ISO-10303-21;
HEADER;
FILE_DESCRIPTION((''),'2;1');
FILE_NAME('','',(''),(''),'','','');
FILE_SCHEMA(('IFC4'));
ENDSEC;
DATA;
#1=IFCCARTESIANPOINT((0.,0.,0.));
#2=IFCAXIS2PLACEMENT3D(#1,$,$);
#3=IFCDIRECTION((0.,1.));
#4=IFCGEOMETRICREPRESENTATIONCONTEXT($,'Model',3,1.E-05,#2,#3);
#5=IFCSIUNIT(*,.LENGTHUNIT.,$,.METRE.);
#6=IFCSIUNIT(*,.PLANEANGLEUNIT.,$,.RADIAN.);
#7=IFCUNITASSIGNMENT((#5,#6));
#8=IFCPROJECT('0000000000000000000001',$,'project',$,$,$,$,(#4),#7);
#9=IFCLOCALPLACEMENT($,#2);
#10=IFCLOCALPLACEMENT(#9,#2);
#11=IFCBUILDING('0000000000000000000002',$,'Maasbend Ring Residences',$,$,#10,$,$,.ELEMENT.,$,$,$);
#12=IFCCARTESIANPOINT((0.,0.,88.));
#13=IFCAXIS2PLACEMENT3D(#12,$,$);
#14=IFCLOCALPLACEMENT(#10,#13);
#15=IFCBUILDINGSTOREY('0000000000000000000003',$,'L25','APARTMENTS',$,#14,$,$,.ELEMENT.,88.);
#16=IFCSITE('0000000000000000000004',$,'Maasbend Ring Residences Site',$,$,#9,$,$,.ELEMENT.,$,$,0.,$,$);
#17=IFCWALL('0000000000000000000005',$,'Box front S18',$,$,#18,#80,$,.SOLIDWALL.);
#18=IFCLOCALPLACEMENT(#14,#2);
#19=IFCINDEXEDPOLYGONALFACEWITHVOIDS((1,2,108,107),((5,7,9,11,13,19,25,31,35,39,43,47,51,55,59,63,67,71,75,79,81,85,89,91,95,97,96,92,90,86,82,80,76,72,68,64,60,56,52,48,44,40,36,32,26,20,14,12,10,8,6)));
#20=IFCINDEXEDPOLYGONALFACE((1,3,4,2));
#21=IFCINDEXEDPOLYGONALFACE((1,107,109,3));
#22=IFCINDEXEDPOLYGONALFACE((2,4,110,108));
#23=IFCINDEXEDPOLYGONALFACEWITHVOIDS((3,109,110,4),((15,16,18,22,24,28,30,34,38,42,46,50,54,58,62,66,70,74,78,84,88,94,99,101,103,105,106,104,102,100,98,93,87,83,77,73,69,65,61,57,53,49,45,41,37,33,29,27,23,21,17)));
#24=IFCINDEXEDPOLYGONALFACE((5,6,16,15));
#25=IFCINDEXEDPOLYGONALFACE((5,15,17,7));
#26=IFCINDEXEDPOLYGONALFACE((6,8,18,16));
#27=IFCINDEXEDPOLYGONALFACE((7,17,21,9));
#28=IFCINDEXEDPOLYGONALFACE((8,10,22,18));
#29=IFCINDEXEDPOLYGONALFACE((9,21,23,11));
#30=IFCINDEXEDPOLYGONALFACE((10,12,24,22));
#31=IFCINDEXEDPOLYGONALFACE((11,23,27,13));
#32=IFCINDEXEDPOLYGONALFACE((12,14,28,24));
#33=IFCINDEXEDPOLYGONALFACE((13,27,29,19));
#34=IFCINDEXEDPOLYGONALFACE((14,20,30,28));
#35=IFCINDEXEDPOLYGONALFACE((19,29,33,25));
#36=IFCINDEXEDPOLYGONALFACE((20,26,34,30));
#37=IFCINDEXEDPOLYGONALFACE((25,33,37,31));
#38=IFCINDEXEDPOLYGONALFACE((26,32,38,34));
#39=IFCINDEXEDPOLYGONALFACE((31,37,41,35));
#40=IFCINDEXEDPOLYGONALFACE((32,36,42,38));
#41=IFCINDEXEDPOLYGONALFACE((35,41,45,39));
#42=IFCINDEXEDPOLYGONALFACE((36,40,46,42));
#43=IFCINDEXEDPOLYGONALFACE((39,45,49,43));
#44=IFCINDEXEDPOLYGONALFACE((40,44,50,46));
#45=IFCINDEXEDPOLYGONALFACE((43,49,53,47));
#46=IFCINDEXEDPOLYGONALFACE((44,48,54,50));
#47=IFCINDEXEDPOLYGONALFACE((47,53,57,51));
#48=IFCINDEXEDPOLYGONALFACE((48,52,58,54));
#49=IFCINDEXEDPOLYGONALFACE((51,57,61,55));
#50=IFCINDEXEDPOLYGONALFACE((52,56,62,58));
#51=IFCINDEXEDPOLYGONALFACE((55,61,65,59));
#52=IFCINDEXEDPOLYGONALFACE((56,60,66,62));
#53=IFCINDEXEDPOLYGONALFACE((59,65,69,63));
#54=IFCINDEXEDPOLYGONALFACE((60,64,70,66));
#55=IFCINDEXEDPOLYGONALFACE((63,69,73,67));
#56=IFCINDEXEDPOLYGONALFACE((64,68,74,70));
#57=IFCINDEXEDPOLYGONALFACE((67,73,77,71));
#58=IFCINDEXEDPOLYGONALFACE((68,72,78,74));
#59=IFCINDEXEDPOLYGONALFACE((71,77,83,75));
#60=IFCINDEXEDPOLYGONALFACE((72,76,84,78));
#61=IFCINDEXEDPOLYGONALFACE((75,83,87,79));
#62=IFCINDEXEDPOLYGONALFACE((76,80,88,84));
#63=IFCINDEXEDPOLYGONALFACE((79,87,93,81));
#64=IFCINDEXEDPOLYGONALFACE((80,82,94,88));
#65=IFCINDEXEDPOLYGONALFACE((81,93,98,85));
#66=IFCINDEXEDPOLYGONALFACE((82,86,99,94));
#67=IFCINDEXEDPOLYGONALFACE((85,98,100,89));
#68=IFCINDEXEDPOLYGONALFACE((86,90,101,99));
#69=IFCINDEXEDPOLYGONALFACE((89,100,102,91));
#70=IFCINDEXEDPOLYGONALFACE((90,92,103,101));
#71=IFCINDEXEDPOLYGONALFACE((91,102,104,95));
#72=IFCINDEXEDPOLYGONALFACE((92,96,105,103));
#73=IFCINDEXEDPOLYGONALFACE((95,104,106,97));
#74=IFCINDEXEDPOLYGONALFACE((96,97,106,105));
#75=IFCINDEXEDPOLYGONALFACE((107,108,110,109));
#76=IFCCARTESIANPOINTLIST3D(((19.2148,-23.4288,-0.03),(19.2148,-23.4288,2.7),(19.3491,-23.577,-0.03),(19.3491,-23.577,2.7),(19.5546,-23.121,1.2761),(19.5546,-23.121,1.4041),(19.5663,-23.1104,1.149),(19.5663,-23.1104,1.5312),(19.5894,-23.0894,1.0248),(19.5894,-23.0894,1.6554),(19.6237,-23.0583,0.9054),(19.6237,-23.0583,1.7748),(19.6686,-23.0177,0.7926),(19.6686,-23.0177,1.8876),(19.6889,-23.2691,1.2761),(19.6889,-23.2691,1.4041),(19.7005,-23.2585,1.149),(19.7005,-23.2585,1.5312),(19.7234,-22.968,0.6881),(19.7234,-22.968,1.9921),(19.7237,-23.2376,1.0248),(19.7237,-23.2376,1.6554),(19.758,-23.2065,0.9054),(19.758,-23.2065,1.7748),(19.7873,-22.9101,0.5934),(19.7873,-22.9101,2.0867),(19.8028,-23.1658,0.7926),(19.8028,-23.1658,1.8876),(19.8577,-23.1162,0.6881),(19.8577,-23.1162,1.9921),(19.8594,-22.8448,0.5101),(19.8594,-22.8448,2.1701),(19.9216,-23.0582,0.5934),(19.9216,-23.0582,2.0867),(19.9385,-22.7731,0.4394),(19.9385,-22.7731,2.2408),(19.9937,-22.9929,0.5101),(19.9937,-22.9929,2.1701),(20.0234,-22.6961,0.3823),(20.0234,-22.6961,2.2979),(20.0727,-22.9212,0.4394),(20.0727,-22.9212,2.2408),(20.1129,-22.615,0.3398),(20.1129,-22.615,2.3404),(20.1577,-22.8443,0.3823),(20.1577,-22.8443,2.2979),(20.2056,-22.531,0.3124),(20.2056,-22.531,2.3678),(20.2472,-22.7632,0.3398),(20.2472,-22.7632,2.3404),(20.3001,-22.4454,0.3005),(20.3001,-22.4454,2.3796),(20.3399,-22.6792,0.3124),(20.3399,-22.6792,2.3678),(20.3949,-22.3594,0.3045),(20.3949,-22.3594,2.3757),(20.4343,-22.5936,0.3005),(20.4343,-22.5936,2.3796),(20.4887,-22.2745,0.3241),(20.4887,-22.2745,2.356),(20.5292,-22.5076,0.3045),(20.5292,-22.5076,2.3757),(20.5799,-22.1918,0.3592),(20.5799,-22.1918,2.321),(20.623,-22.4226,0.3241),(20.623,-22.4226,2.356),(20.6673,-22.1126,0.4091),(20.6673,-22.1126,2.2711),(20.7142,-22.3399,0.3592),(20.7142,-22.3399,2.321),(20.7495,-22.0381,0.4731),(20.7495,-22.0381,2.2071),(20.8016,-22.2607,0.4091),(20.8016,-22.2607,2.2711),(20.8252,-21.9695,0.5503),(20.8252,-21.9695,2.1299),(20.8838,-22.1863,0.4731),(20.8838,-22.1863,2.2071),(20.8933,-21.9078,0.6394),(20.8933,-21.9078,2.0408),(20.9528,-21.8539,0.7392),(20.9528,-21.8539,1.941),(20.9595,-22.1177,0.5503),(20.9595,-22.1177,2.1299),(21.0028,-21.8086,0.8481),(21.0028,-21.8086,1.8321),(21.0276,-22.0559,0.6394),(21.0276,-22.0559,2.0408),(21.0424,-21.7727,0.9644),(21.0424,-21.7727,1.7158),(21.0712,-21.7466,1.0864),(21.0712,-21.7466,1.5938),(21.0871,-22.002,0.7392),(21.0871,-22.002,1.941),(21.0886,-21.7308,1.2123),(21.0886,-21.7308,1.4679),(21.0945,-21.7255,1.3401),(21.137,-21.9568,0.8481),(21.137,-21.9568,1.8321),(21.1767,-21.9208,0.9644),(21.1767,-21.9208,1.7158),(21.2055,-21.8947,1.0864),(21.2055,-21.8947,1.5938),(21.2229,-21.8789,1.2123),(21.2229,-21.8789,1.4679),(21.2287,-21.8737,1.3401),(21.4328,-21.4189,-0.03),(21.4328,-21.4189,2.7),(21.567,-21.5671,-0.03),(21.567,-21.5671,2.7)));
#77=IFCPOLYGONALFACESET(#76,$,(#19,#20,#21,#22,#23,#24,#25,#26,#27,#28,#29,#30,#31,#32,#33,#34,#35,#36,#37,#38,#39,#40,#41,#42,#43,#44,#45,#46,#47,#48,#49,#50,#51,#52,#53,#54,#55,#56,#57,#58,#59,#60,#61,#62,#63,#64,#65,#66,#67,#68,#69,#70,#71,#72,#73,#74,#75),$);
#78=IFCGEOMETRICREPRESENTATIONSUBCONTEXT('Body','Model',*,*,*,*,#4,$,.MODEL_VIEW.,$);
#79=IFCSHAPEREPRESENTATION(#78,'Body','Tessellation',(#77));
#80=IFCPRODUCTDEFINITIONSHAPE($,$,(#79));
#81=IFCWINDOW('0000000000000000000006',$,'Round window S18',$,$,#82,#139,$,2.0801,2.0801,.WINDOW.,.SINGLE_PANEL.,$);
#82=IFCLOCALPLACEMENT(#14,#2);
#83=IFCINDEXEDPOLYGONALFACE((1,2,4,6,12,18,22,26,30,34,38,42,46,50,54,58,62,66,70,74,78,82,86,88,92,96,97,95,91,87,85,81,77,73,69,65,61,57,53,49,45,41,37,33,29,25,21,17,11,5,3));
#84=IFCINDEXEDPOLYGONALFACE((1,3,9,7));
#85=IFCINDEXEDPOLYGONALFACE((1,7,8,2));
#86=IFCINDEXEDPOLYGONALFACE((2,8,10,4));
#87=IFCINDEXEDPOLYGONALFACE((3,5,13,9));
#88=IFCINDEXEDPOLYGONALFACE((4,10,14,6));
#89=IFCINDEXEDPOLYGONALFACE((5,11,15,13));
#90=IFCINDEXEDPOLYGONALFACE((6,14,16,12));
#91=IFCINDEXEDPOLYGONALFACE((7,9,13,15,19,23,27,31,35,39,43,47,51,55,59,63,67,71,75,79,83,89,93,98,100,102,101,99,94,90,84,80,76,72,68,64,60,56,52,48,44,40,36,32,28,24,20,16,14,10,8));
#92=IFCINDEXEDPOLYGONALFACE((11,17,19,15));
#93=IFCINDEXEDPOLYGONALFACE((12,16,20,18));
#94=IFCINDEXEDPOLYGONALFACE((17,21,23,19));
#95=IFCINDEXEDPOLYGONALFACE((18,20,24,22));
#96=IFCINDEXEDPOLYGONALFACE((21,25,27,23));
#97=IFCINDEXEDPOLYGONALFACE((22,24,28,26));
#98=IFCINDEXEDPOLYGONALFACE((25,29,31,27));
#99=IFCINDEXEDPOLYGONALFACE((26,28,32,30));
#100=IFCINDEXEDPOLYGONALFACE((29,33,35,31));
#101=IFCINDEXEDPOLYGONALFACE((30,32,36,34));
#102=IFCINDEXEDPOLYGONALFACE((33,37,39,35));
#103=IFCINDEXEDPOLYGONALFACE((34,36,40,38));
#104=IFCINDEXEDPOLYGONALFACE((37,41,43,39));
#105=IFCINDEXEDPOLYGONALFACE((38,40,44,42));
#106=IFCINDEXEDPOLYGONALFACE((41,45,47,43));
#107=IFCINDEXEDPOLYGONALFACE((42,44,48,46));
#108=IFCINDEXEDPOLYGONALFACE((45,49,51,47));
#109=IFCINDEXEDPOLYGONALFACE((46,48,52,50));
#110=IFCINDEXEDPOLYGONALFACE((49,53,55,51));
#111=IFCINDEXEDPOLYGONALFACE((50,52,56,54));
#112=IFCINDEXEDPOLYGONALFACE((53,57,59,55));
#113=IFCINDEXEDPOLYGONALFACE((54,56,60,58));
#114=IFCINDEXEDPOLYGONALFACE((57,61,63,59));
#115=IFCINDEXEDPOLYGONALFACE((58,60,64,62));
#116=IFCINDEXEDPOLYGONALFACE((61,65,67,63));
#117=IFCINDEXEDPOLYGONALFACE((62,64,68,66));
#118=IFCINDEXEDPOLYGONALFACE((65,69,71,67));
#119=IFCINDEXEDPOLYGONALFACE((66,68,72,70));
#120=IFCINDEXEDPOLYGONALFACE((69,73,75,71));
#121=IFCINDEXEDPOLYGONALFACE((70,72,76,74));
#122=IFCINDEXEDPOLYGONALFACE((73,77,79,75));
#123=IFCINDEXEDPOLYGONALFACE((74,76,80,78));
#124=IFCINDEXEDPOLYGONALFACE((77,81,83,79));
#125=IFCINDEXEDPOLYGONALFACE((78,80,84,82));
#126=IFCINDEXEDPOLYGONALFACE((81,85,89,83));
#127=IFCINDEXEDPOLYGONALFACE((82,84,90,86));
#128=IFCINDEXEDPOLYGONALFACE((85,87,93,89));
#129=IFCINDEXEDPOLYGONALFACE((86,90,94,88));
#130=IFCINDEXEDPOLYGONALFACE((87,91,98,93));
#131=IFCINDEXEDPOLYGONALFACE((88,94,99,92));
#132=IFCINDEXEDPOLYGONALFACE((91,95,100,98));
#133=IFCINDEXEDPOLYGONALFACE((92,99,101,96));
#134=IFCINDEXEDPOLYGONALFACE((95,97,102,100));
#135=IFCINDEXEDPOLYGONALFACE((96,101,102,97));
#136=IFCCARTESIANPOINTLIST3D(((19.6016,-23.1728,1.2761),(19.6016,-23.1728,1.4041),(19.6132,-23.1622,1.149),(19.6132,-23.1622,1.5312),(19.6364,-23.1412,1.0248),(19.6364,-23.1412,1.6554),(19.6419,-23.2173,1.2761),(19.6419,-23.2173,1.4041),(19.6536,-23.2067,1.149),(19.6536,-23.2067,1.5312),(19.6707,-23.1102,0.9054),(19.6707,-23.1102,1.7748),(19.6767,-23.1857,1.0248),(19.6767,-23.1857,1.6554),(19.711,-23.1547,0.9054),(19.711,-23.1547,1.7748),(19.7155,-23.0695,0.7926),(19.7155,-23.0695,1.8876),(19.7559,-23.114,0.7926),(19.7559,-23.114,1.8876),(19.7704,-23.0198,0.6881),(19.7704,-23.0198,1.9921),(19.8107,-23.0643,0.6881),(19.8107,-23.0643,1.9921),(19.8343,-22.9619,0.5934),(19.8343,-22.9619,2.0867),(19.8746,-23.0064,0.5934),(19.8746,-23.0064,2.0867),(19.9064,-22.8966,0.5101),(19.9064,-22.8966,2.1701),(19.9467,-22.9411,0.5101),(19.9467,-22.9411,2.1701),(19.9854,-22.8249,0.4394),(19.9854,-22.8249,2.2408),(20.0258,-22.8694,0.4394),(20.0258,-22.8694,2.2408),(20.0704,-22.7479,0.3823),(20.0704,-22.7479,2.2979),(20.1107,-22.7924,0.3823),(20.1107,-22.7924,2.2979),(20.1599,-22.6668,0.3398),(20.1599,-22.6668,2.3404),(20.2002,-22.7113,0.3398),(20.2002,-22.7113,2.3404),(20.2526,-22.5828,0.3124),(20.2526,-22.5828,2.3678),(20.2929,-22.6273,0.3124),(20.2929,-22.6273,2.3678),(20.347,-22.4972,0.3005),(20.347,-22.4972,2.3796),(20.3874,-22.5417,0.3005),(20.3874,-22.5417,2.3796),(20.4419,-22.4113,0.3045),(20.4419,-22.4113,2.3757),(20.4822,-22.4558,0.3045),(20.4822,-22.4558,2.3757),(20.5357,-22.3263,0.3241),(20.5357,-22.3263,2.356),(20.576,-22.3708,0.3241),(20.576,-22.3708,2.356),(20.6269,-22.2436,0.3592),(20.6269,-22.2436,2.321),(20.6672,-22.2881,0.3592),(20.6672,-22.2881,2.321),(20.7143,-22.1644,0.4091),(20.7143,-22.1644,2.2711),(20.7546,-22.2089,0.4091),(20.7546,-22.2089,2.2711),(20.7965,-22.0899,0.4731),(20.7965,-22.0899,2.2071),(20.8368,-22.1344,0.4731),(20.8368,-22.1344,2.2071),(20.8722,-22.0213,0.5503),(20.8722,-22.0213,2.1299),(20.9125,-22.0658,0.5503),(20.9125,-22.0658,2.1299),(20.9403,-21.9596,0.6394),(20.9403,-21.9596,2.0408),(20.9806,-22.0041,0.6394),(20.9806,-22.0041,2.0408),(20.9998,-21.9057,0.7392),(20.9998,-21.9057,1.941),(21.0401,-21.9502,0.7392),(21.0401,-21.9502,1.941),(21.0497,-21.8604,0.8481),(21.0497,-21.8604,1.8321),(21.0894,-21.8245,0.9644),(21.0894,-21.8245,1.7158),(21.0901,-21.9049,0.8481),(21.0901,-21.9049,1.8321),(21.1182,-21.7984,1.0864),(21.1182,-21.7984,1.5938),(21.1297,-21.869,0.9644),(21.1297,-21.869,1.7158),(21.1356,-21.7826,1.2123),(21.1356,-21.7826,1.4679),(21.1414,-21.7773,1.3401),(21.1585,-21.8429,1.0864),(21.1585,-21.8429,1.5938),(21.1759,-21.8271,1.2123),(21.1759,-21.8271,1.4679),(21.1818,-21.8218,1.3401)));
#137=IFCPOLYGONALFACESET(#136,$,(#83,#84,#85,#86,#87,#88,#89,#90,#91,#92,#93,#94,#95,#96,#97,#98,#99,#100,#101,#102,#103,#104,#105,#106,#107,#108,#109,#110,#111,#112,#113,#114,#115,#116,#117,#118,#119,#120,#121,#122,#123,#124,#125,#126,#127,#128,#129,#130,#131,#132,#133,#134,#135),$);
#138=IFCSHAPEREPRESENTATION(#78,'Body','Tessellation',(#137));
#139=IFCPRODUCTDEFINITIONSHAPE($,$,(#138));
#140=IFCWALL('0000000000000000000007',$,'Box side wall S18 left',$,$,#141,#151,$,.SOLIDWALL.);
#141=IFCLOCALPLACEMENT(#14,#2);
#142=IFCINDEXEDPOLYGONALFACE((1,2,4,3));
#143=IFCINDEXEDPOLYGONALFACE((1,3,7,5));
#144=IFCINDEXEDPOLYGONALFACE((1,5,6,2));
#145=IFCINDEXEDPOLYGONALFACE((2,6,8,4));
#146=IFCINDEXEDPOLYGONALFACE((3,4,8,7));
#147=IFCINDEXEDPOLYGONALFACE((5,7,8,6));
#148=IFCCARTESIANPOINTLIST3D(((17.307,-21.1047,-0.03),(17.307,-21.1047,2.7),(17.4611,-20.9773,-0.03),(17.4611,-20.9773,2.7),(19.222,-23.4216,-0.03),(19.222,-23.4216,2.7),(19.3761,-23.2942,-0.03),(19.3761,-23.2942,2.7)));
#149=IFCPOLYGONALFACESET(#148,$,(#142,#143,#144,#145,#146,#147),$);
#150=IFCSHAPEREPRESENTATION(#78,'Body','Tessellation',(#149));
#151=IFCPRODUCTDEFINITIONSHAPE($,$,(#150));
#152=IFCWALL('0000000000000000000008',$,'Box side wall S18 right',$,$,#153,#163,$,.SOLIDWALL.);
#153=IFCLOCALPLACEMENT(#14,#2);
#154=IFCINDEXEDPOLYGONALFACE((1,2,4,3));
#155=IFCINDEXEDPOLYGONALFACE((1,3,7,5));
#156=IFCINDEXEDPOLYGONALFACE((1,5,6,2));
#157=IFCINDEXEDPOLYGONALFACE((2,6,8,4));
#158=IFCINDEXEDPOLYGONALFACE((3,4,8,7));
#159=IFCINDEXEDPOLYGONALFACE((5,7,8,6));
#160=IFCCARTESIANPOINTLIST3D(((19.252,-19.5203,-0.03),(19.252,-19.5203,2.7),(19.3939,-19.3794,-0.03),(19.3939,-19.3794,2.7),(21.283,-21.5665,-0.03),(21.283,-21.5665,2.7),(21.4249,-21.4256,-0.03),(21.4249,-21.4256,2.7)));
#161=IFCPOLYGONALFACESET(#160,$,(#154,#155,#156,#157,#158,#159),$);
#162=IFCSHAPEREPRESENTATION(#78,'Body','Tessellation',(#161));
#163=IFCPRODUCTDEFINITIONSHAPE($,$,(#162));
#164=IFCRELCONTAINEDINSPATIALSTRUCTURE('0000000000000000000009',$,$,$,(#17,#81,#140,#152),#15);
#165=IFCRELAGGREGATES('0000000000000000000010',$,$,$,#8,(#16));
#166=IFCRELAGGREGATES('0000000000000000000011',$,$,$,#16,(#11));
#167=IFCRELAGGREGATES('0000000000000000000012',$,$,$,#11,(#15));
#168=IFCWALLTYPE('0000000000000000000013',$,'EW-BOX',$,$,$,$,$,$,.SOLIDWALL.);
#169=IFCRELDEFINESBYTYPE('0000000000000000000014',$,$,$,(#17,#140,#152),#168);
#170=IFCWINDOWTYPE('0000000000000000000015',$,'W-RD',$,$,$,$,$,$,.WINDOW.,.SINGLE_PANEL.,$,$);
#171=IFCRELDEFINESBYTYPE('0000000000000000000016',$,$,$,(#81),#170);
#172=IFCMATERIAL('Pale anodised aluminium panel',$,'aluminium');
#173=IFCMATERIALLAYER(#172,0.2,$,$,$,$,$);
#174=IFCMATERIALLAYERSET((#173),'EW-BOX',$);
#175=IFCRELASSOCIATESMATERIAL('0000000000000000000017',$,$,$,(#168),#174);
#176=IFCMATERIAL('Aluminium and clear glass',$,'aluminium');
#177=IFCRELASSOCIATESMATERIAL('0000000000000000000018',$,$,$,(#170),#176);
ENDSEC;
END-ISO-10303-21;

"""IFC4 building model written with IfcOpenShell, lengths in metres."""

from ifc_helpers import new_model, si_unit, direction, frame, frame_2d, origin, place, context, subcontext, project, spatial, rectangle, circle, extrude, material, layer, layer_set, type_object, element, fill, save


model = new_model("IFC4")

# Units and contexts
model_context = context("Model", 3, precision=1e-05, world=origin(), true_north=direction((0.0, 1.0)))
body_context = subcontext(model_context, "Body", "Model", "MODEL_VIEW")
ifc_project = project(units=[si_unit("LENGTHUNIT", "METRE"), si_unit("PLANEANGLEUNIT", "RADIAN")], contexts=[model_context])

# Site, building, storey
site_placement = place(None, origin())
site = spatial("IfcSite", under=ifc_project, at=site_placement, Name="Maasbend Ring Residences Site", CompositionType="ELEMENT", RefElevation=0.0)
building_placement = place(site_placement, origin())
building = spatial("IfcBuilding", under=site, at=building_placement, Name="Maasbend Ring Residences", CompositionType="ELEMENT")
storey_placement = place(building_placement, frame((0.0, 0.0, 88.0)))
storey = spatial("IfcBuildingStorey", under=building, at=storey_placement, Name="L25", Description="APARTMENTS", CompositionType="ELEMENT", Elevation=88.0)

# Shared definitions
ifc_material_1 = material(Name="Pale anodised aluminium panel", Category="aluminium")
ifc_layer_1 = layer(ifc_material_1, 0.2)
ifc_layer_set_1 = layer_set([ifc_layer_1], Name="EW-BOX")
wall_type_1 = type_object("IfcWallType", Name="EW-BOX", PredefinedType="SOLIDWALL", material=ifc_layer_set_1)
ifc_material_2 = material(Name="Aluminium and clear glass", Category="aluminium")
window_type_1 = type_object("IfcWindowType", Name="W-RD", PartitioningType="SINGLE_PANEL", PredefinedType="WINDOW", material=ifc_material_2)

# Wall, opening, window
wall_1_placement = place(storey_placement, frame((19.282, -23.5029, -0.03), z_axis=(0.0, 0.0, 1.0), x_axis=(0.740998, 0.671507, 0.0)))
wall_1 = element("IfcWall", 1, at=wall_1_placement, inside=storey, type_object=wall_type_1, Name="Box front S18", PredefinedType="SOLIDWALL", context=body_context, shape_type="SweptSolid", body=[
    extrude(rectangle(XDim=2.9932, YDim=0.2, at=frame_2d((1.4966, 0.0))), origin(), (0.0, 0.0, 1.0), 2.73),
])
opening_1_placement = place(wall_1_placement, frame((0.4565, 0.0, 0.3301)))
opening_1 = element("IfcOpeningElement", 2, at=opening_1_placement, cuts=wall_1, PredefinedType="OPENING", context=body_context, shape_type="SweptSolid", body=[
    extrude(circle(Radius=1.04, at=frame_2d((1.04, 1.04))), frame((0.0, 0.1099, 0.0), z_axis=(0.0, -1.0, 0.0), x_axis=(1.0, 0.0, 0.0)), (0.0, 0.0, 1.0), 0.22),
])
window_1_placement = place(opening_1_placement, origin())
window_1 = element("IfcWindow", 3, at=window_1_placement, inside=storey, type_object=window_type_1, Name="Round window S18", OverallHeight=2.0801, OverallWidth=2.0801, PartitioningType="SINGLE_PANEL", PredefinedType="WINDOW", context=body_context, shape_type="SweptSolid", body=[
    extrude(circle(Radius=1.04, at=frame_2d((1.04, 1.04))), frame((0.0, 0.03, 0.0), z_axis=(0.0, -1.0, 0.0), x_axis=(1.0, 0.0, 0.0)), (0.0, 0.0, 1.0), 0.0601),
])
fill(opening_1, window_1)

# Walls
wall_2_placement = place(storey_placement, frame((17.384, -21.041, -0.03), z_axis=(0.0, 0.0, 1.0), x_axis=(0.637096, -0.770785, 0.0)))
element("IfcWall", 4, at=wall_2_placement, inside=storey, type_object=wall_type_1, Name="Box side wall S18 left", PredefinedType="SOLIDWALL", context=body_context, shape_type="SweptSolid", body=[
    extrude(rectangle(XDim=3.0059, YDim=0.2, at=frame_2d((1.5029, 0.0))), origin(), (0.0, 0.0, 1.0), 2.73),
])
wall_3_placement = place(storey_placement, frame((19.323, -19.45, -0.03), z_axis=(0.0, 0.0, 1.0), x_axis=(0.704477, -0.709727, 0.0)))
element("IfcWall", 5, at=wall_3_placement, inside=storey, type_object=wall_type_1, Name="Box side wall S18 right", PredefinedType="SOLIDWALL", context=body_context, shape_type="SweptSolid", body=[
    extrude(rectangle(XDim=2.8831, YDim=0.2, at=frame_2d((1.4414, 0.0))), origin(), (0.0, 0.0, 1.0), 2.73),
])

save(model, "model.ifc")
